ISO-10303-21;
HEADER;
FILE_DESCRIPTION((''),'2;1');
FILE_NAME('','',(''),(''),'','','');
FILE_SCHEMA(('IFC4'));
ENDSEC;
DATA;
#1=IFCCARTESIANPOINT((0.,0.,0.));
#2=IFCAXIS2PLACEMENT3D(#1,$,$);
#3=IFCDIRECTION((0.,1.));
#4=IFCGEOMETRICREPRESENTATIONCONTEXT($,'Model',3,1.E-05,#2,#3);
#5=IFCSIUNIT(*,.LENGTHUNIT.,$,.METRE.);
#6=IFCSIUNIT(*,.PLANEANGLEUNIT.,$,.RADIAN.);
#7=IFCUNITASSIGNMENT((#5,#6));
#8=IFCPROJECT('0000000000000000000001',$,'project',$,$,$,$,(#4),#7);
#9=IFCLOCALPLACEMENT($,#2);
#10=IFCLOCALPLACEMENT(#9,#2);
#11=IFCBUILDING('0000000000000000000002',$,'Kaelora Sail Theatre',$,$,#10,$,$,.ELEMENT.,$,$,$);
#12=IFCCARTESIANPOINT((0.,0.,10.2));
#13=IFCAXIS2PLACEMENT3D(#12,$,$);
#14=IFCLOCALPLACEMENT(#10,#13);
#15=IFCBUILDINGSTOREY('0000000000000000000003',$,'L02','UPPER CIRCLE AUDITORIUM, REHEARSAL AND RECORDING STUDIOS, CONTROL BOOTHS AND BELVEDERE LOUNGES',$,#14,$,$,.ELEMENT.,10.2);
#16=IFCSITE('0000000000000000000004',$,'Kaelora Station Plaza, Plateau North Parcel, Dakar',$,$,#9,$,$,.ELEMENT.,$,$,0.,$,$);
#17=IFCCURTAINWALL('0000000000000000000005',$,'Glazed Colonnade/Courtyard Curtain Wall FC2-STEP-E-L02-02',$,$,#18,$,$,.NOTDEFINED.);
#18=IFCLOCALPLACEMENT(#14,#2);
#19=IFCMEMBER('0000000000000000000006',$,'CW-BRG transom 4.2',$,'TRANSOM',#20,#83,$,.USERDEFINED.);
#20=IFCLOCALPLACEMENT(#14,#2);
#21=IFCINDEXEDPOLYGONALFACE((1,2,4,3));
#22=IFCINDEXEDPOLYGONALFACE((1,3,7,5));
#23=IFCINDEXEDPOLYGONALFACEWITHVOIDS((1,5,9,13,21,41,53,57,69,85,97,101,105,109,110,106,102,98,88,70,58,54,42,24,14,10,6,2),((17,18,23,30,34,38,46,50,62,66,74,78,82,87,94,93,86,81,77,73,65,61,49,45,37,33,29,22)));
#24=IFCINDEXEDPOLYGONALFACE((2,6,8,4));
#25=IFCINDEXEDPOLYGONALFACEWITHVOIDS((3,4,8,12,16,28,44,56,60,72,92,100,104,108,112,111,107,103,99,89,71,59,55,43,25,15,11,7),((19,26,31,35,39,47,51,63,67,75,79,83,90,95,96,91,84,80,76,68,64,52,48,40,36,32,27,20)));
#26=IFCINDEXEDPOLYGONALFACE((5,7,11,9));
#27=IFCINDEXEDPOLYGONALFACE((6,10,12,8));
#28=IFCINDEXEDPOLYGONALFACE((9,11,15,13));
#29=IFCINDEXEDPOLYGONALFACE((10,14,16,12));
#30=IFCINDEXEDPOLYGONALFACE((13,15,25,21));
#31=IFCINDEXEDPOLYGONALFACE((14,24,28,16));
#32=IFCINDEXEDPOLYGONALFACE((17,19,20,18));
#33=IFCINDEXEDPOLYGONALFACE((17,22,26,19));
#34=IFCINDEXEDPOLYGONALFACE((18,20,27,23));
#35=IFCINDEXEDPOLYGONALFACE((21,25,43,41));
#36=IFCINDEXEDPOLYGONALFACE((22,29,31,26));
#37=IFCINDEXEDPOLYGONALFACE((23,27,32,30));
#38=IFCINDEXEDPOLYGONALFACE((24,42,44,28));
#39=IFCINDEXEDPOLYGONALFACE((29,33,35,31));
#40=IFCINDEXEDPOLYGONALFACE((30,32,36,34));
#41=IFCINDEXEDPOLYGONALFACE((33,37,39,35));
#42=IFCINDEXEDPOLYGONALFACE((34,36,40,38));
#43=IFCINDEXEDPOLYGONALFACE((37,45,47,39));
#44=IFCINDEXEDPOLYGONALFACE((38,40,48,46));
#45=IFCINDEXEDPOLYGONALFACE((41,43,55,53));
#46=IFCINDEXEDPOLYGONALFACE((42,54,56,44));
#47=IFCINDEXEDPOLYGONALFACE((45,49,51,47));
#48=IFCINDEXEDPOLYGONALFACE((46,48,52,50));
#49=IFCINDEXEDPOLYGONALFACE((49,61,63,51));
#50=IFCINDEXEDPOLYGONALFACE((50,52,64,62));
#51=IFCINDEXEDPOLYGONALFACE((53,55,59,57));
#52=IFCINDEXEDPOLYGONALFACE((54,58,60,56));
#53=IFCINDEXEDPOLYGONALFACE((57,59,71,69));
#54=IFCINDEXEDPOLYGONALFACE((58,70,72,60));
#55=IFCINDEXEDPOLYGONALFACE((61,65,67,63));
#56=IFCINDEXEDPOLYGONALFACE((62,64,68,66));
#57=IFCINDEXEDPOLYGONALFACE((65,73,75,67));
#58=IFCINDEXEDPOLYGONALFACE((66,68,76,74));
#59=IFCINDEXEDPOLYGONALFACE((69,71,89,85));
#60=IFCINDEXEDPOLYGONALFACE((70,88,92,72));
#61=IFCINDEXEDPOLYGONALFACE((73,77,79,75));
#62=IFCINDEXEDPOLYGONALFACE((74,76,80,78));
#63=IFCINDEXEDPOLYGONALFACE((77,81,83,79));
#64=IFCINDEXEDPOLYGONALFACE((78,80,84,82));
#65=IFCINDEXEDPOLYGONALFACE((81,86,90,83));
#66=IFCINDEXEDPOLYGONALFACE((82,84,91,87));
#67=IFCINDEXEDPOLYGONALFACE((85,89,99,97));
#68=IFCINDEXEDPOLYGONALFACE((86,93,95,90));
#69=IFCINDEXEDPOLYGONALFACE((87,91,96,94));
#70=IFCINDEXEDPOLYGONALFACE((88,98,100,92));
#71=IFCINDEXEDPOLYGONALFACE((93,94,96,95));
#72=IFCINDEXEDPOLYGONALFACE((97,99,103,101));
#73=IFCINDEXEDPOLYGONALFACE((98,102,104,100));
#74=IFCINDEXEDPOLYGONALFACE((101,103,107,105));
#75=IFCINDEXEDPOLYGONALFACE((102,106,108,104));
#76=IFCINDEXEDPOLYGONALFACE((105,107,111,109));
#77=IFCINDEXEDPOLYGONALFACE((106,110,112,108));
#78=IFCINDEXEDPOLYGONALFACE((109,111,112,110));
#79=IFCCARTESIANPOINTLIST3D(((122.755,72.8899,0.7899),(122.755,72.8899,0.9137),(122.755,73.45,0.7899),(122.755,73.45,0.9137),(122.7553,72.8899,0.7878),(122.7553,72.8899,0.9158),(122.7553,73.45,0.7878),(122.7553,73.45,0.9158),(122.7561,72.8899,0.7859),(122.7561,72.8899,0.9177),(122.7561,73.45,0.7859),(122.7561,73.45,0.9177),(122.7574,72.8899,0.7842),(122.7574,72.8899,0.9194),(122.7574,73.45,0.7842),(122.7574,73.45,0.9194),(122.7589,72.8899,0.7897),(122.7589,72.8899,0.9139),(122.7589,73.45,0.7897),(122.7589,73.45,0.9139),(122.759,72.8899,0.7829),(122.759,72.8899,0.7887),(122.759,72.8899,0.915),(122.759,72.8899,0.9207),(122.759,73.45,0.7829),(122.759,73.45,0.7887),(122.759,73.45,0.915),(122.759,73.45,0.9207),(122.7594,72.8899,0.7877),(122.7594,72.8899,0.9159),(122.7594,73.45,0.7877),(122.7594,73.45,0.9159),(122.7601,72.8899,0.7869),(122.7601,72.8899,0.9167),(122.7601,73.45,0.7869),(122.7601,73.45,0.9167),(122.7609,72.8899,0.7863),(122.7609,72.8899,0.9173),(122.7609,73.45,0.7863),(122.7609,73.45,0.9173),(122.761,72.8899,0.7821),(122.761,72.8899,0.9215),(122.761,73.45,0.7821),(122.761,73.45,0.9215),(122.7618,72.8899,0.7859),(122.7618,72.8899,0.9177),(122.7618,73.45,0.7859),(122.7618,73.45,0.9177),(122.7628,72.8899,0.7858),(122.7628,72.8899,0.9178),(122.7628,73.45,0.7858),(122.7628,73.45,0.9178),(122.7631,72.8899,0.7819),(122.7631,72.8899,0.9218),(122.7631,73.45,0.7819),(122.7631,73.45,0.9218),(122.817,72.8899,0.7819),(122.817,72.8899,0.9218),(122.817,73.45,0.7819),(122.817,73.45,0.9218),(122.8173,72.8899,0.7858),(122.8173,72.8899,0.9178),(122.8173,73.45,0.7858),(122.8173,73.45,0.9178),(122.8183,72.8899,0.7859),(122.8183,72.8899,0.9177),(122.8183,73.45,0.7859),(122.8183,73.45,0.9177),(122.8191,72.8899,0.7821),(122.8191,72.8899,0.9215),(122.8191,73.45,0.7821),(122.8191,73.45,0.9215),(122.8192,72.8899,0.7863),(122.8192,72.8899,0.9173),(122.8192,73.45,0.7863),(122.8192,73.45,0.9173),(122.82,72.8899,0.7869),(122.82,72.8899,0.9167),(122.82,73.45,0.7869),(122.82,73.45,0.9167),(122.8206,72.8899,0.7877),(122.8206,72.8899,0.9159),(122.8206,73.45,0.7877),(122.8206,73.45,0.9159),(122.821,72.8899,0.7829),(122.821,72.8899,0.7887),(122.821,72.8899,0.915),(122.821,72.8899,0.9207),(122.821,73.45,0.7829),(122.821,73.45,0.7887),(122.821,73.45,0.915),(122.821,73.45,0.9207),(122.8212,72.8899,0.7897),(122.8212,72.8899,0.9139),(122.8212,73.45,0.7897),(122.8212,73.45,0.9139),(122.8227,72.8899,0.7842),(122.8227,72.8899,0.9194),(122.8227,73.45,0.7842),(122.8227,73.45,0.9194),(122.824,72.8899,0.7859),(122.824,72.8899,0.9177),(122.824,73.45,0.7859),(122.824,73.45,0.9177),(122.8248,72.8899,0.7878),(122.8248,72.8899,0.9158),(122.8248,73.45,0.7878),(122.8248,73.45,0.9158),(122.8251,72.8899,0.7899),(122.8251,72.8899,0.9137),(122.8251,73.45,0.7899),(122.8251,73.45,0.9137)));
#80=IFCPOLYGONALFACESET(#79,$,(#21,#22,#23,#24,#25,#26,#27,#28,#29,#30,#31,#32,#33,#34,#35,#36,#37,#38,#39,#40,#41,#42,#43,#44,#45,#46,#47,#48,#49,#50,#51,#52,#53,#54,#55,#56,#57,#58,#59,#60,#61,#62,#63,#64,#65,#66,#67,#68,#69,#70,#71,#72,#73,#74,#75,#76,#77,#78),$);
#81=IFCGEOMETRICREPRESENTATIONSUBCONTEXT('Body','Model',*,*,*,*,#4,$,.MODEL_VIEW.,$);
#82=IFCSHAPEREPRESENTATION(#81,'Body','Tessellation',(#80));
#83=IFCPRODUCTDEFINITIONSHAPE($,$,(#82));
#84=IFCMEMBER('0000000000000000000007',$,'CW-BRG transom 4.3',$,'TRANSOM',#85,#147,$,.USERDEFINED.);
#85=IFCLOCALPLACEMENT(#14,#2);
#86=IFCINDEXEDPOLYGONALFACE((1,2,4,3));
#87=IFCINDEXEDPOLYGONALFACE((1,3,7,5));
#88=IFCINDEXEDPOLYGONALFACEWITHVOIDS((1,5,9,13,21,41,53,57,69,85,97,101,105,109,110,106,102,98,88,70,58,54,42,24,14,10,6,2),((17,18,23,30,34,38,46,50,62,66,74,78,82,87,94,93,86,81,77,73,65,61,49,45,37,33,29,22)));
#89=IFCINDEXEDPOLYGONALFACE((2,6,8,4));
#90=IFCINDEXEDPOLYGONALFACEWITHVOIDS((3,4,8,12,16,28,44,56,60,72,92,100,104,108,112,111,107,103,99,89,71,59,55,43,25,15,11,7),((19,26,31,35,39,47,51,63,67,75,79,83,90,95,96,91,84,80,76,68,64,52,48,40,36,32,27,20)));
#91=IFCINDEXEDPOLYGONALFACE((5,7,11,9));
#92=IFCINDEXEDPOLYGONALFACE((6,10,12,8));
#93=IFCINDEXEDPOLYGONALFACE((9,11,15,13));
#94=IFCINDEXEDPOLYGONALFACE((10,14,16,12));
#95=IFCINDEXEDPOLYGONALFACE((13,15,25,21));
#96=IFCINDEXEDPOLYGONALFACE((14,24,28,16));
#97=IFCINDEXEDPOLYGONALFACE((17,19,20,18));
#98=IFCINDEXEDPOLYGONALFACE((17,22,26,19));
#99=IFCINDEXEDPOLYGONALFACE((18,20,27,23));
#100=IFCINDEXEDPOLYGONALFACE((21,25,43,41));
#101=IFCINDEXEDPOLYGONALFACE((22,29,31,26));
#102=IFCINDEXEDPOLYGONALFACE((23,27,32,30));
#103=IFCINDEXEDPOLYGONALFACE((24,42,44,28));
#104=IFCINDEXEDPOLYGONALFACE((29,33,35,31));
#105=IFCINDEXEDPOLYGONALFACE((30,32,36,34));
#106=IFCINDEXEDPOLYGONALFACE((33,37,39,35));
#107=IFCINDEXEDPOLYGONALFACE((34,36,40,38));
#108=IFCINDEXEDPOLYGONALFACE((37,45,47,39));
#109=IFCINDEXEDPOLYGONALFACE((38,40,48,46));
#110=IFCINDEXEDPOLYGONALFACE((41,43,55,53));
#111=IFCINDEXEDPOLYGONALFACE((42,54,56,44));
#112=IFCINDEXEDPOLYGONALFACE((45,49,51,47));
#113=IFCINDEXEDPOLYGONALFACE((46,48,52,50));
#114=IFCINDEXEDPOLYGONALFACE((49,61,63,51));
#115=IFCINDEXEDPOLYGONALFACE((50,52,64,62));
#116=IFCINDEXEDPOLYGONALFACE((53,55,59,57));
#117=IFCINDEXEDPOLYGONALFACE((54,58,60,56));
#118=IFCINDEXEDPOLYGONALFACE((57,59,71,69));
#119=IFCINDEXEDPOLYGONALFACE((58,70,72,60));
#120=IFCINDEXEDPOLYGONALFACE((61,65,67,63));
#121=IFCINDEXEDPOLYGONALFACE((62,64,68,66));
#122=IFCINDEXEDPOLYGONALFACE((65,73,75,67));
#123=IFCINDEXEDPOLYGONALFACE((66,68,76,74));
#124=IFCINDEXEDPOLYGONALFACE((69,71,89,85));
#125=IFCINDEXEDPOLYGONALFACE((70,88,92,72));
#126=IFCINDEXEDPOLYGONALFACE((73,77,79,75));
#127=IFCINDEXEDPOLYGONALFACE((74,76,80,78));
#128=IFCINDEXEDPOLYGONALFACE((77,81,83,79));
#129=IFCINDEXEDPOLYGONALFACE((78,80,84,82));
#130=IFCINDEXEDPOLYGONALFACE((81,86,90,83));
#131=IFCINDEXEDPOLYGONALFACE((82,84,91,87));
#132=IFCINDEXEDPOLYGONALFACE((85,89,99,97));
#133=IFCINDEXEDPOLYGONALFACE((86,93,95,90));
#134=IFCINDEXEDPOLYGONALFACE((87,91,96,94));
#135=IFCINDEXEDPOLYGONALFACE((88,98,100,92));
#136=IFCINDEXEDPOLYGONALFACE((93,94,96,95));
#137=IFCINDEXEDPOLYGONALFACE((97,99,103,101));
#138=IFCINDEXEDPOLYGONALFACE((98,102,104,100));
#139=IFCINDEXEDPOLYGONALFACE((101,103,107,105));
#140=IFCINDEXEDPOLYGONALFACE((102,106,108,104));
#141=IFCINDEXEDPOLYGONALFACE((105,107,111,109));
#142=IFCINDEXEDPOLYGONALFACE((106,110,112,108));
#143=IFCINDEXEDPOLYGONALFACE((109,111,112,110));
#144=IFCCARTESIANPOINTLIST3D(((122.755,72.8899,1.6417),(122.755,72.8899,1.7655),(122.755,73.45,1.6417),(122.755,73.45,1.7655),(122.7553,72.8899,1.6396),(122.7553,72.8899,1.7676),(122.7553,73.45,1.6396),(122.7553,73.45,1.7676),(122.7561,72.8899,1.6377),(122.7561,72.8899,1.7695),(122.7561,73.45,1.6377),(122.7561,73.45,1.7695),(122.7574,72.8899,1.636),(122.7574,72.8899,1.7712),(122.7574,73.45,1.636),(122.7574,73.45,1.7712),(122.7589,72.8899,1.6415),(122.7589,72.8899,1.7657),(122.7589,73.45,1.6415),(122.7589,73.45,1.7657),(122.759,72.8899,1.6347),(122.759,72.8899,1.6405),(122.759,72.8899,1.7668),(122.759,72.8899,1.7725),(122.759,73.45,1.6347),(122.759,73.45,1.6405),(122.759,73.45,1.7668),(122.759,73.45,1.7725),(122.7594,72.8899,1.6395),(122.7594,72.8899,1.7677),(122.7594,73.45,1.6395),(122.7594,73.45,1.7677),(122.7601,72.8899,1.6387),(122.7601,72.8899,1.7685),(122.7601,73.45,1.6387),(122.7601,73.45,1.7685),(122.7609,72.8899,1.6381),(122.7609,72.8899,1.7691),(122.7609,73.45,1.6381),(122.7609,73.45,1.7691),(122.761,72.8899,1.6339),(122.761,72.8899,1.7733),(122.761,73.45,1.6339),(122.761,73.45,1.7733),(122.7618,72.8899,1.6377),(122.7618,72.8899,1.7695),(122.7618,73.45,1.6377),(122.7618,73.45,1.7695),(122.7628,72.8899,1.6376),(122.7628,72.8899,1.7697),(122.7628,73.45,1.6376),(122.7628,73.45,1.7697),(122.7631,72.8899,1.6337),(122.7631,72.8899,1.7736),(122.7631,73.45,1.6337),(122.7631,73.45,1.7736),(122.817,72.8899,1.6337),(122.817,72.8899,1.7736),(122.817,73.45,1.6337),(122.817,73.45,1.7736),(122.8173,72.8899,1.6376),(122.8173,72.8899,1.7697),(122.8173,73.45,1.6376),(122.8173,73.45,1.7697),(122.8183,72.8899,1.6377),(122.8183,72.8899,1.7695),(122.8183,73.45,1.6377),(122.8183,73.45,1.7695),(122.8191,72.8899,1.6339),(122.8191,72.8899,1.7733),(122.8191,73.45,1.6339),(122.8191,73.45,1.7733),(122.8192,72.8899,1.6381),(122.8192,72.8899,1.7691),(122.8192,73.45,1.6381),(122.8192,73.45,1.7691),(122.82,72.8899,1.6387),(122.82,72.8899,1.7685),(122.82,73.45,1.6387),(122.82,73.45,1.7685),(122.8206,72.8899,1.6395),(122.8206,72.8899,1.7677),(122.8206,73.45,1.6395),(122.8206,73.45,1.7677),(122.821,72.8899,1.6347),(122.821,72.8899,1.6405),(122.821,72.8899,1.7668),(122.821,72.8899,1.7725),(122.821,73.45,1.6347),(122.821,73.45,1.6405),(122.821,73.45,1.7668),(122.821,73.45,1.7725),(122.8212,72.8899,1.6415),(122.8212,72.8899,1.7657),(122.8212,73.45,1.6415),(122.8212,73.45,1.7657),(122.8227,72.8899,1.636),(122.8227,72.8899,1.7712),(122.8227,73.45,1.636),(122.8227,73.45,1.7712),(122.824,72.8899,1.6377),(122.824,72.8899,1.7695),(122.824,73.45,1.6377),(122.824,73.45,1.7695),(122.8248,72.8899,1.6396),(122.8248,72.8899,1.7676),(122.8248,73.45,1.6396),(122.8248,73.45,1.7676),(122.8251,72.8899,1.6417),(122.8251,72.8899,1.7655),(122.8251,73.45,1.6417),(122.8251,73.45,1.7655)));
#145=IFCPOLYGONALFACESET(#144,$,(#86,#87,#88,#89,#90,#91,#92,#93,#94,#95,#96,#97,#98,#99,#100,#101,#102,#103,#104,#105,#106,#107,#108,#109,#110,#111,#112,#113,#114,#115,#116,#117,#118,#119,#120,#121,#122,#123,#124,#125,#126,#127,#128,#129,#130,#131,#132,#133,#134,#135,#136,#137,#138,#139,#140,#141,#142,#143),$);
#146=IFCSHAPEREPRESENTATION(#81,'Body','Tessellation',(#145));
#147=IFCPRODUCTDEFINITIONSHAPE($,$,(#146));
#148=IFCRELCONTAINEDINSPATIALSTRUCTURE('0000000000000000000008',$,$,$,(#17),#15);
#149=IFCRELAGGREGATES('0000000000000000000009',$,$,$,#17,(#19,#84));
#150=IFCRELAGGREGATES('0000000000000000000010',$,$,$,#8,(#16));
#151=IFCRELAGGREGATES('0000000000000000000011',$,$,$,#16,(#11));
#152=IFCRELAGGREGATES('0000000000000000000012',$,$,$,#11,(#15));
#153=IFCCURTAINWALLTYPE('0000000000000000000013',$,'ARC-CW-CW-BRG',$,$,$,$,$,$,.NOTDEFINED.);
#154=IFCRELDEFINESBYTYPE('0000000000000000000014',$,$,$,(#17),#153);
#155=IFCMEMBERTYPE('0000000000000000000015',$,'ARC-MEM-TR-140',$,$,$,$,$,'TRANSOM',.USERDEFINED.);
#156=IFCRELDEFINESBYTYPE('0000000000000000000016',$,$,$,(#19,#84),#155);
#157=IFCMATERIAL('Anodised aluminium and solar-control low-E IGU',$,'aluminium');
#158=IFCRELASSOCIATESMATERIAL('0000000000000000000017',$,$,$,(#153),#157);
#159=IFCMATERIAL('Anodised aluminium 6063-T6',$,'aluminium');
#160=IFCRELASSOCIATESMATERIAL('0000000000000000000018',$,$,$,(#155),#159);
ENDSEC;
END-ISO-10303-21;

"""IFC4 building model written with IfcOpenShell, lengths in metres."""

from ifc_helpers import new_model, si_unit, direction, frame, origin, origin_2d, place, context, subcontext, project, spatial, hollow_rectangle, extrude, material, material_profile, profile_set, type_object, element, aggregate, save


model = new_model("IFC4")

# Units and contexts
model_context = context("Model", 3, precision=1e-05, world=origin(), true_north=direction((0.0, 1.0)))
body_context = subcontext(model_context, "Body", "Model", "MODEL_VIEW")
ifc_project = project(units=[si_unit("LENGTHUNIT", "METRE"), si_unit("PLANEANGLEUNIT", "RADIAN")], contexts=[model_context])

# Site, building, storey
site_placement = place(None, origin())
site = spatial("IfcSite", under=ifc_project, at=site_placement, Name="Kaelora Station Plaza, Plateau North Parcel, Dakar", CompositionType="ELEMENT", RefElevation=0.0)
building_placement = place(site_placement, origin())
building = spatial("IfcBuilding", under=site, at=building_placement, Name="Kaelora Sail Theatre", CompositionType="ELEMENT")
storey_placement = place(building_placement, frame((0.0, 0.0, 10.2)))
storey = spatial("IfcBuildingStorey", under=building, at=storey_placement, Name="L02", Description="UPPER CIRCLE AUDITORIUM, REHEARSAL AND RECORDING STUDIOS, CONTROL BOOTHS AND BELVEDERE LOUNGES", CompositionType="ELEMENT", Elevation=10.2)

# Curtain wall, members
ifc_material_1 = material(Name="Anodised aluminium and solar-control low-E IGU", Category="aluminium")
curtain_wall_type = type_object("IfcCurtainWallType", Name="ARC-CW-CW-BRG", PredefinedType="NOTDEFINED", material=ifc_material_1)
curtain_wall_placement = place(storey_placement, origin())
curtain_wall = element("IfcCurtainWall", 1, at=curtain_wall_placement, inside=storey, type_object=curtain_wall_type, Name="Glazed Colonnade/Courtyard Curtain Wall FC2-STEP-E-L02-02", PredefinedType="NOTDEFINED")
ifc_material_2 = material(Name="Anodised aluminium 6063-T6", Category="aluminium")
ifc_material_profile_1 = material_profile(ifc_material_2, hollow_rectangle(XDim=0.0701, YDim=0.1399, WallThickness=0.0039, InnerFilletRadius=0.0039, OuterFilletRadius=0.0081, at=origin_2d()), Name="ALU-TRAN 70x140x4")
ifc_profile_set_1 = profile_set([ifc_material_profile_1], Name="Anodised aluminium 6063-T6")
member_type_1 = type_object("IfcMemberType", Name="ARC-MEM-TR-140", ElementType="TRANSOM", PredefinedType="USERDEFINED", material=ifc_profile_set_1)
member_1_placement = place(storey_placement, frame((122.79, 72.8899, 0.8518), z_axis=(0.0, 1.0, 0.0), x_axis=(-1.0, 0.0, 0.0)))
member_1 = element("IfcMember", 2, at=member_1_placement, type_object=member_type_1, Name="CW-BRG transom 4.2", ObjectType="TRANSOM", PredefinedType="USERDEFINED", context=body_context, shape_type="SweptSolid", body=[
    extrude(hollow_rectangle(XDim=0.0701, YDim=0.1399, WallThickness=0.0039, InnerFilletRadius=0.0039, OuterFilletRadius=0.0081, at=origin_2d()), origin(), (0.0, 0.0, 1.0), 0.5601),
])
member_2_placement = place(storey_placement, frame((122.79, 72.8899, 1.7036), z_axis=(0.0, 1.0, 0.0), x_axis=(-1.0, 0.0, 0.0)))
member_2 = element("IfcMember", 3, at=member_2_placement, type_object=member_type_1, Name="CW-BRG transom 4.3", ObjectType="TRANSOM", PredefinedType="USERDEFINED", context=body_context, shape_type="SweptSolid", body=[
    extrude(hollow_rectangle(XDim=0.0701, YDim=0.1399, WallThickness=0.0039, InnerFilletRadius=0.0039, OuterFilletRadius=0.0081, at=origin_2d()), origin(), (0.0, 0.0, 1.0), 0.5601),
])
aggregate(curtain_wall, [member_1, member_2])

save(model, "model.ifc")
